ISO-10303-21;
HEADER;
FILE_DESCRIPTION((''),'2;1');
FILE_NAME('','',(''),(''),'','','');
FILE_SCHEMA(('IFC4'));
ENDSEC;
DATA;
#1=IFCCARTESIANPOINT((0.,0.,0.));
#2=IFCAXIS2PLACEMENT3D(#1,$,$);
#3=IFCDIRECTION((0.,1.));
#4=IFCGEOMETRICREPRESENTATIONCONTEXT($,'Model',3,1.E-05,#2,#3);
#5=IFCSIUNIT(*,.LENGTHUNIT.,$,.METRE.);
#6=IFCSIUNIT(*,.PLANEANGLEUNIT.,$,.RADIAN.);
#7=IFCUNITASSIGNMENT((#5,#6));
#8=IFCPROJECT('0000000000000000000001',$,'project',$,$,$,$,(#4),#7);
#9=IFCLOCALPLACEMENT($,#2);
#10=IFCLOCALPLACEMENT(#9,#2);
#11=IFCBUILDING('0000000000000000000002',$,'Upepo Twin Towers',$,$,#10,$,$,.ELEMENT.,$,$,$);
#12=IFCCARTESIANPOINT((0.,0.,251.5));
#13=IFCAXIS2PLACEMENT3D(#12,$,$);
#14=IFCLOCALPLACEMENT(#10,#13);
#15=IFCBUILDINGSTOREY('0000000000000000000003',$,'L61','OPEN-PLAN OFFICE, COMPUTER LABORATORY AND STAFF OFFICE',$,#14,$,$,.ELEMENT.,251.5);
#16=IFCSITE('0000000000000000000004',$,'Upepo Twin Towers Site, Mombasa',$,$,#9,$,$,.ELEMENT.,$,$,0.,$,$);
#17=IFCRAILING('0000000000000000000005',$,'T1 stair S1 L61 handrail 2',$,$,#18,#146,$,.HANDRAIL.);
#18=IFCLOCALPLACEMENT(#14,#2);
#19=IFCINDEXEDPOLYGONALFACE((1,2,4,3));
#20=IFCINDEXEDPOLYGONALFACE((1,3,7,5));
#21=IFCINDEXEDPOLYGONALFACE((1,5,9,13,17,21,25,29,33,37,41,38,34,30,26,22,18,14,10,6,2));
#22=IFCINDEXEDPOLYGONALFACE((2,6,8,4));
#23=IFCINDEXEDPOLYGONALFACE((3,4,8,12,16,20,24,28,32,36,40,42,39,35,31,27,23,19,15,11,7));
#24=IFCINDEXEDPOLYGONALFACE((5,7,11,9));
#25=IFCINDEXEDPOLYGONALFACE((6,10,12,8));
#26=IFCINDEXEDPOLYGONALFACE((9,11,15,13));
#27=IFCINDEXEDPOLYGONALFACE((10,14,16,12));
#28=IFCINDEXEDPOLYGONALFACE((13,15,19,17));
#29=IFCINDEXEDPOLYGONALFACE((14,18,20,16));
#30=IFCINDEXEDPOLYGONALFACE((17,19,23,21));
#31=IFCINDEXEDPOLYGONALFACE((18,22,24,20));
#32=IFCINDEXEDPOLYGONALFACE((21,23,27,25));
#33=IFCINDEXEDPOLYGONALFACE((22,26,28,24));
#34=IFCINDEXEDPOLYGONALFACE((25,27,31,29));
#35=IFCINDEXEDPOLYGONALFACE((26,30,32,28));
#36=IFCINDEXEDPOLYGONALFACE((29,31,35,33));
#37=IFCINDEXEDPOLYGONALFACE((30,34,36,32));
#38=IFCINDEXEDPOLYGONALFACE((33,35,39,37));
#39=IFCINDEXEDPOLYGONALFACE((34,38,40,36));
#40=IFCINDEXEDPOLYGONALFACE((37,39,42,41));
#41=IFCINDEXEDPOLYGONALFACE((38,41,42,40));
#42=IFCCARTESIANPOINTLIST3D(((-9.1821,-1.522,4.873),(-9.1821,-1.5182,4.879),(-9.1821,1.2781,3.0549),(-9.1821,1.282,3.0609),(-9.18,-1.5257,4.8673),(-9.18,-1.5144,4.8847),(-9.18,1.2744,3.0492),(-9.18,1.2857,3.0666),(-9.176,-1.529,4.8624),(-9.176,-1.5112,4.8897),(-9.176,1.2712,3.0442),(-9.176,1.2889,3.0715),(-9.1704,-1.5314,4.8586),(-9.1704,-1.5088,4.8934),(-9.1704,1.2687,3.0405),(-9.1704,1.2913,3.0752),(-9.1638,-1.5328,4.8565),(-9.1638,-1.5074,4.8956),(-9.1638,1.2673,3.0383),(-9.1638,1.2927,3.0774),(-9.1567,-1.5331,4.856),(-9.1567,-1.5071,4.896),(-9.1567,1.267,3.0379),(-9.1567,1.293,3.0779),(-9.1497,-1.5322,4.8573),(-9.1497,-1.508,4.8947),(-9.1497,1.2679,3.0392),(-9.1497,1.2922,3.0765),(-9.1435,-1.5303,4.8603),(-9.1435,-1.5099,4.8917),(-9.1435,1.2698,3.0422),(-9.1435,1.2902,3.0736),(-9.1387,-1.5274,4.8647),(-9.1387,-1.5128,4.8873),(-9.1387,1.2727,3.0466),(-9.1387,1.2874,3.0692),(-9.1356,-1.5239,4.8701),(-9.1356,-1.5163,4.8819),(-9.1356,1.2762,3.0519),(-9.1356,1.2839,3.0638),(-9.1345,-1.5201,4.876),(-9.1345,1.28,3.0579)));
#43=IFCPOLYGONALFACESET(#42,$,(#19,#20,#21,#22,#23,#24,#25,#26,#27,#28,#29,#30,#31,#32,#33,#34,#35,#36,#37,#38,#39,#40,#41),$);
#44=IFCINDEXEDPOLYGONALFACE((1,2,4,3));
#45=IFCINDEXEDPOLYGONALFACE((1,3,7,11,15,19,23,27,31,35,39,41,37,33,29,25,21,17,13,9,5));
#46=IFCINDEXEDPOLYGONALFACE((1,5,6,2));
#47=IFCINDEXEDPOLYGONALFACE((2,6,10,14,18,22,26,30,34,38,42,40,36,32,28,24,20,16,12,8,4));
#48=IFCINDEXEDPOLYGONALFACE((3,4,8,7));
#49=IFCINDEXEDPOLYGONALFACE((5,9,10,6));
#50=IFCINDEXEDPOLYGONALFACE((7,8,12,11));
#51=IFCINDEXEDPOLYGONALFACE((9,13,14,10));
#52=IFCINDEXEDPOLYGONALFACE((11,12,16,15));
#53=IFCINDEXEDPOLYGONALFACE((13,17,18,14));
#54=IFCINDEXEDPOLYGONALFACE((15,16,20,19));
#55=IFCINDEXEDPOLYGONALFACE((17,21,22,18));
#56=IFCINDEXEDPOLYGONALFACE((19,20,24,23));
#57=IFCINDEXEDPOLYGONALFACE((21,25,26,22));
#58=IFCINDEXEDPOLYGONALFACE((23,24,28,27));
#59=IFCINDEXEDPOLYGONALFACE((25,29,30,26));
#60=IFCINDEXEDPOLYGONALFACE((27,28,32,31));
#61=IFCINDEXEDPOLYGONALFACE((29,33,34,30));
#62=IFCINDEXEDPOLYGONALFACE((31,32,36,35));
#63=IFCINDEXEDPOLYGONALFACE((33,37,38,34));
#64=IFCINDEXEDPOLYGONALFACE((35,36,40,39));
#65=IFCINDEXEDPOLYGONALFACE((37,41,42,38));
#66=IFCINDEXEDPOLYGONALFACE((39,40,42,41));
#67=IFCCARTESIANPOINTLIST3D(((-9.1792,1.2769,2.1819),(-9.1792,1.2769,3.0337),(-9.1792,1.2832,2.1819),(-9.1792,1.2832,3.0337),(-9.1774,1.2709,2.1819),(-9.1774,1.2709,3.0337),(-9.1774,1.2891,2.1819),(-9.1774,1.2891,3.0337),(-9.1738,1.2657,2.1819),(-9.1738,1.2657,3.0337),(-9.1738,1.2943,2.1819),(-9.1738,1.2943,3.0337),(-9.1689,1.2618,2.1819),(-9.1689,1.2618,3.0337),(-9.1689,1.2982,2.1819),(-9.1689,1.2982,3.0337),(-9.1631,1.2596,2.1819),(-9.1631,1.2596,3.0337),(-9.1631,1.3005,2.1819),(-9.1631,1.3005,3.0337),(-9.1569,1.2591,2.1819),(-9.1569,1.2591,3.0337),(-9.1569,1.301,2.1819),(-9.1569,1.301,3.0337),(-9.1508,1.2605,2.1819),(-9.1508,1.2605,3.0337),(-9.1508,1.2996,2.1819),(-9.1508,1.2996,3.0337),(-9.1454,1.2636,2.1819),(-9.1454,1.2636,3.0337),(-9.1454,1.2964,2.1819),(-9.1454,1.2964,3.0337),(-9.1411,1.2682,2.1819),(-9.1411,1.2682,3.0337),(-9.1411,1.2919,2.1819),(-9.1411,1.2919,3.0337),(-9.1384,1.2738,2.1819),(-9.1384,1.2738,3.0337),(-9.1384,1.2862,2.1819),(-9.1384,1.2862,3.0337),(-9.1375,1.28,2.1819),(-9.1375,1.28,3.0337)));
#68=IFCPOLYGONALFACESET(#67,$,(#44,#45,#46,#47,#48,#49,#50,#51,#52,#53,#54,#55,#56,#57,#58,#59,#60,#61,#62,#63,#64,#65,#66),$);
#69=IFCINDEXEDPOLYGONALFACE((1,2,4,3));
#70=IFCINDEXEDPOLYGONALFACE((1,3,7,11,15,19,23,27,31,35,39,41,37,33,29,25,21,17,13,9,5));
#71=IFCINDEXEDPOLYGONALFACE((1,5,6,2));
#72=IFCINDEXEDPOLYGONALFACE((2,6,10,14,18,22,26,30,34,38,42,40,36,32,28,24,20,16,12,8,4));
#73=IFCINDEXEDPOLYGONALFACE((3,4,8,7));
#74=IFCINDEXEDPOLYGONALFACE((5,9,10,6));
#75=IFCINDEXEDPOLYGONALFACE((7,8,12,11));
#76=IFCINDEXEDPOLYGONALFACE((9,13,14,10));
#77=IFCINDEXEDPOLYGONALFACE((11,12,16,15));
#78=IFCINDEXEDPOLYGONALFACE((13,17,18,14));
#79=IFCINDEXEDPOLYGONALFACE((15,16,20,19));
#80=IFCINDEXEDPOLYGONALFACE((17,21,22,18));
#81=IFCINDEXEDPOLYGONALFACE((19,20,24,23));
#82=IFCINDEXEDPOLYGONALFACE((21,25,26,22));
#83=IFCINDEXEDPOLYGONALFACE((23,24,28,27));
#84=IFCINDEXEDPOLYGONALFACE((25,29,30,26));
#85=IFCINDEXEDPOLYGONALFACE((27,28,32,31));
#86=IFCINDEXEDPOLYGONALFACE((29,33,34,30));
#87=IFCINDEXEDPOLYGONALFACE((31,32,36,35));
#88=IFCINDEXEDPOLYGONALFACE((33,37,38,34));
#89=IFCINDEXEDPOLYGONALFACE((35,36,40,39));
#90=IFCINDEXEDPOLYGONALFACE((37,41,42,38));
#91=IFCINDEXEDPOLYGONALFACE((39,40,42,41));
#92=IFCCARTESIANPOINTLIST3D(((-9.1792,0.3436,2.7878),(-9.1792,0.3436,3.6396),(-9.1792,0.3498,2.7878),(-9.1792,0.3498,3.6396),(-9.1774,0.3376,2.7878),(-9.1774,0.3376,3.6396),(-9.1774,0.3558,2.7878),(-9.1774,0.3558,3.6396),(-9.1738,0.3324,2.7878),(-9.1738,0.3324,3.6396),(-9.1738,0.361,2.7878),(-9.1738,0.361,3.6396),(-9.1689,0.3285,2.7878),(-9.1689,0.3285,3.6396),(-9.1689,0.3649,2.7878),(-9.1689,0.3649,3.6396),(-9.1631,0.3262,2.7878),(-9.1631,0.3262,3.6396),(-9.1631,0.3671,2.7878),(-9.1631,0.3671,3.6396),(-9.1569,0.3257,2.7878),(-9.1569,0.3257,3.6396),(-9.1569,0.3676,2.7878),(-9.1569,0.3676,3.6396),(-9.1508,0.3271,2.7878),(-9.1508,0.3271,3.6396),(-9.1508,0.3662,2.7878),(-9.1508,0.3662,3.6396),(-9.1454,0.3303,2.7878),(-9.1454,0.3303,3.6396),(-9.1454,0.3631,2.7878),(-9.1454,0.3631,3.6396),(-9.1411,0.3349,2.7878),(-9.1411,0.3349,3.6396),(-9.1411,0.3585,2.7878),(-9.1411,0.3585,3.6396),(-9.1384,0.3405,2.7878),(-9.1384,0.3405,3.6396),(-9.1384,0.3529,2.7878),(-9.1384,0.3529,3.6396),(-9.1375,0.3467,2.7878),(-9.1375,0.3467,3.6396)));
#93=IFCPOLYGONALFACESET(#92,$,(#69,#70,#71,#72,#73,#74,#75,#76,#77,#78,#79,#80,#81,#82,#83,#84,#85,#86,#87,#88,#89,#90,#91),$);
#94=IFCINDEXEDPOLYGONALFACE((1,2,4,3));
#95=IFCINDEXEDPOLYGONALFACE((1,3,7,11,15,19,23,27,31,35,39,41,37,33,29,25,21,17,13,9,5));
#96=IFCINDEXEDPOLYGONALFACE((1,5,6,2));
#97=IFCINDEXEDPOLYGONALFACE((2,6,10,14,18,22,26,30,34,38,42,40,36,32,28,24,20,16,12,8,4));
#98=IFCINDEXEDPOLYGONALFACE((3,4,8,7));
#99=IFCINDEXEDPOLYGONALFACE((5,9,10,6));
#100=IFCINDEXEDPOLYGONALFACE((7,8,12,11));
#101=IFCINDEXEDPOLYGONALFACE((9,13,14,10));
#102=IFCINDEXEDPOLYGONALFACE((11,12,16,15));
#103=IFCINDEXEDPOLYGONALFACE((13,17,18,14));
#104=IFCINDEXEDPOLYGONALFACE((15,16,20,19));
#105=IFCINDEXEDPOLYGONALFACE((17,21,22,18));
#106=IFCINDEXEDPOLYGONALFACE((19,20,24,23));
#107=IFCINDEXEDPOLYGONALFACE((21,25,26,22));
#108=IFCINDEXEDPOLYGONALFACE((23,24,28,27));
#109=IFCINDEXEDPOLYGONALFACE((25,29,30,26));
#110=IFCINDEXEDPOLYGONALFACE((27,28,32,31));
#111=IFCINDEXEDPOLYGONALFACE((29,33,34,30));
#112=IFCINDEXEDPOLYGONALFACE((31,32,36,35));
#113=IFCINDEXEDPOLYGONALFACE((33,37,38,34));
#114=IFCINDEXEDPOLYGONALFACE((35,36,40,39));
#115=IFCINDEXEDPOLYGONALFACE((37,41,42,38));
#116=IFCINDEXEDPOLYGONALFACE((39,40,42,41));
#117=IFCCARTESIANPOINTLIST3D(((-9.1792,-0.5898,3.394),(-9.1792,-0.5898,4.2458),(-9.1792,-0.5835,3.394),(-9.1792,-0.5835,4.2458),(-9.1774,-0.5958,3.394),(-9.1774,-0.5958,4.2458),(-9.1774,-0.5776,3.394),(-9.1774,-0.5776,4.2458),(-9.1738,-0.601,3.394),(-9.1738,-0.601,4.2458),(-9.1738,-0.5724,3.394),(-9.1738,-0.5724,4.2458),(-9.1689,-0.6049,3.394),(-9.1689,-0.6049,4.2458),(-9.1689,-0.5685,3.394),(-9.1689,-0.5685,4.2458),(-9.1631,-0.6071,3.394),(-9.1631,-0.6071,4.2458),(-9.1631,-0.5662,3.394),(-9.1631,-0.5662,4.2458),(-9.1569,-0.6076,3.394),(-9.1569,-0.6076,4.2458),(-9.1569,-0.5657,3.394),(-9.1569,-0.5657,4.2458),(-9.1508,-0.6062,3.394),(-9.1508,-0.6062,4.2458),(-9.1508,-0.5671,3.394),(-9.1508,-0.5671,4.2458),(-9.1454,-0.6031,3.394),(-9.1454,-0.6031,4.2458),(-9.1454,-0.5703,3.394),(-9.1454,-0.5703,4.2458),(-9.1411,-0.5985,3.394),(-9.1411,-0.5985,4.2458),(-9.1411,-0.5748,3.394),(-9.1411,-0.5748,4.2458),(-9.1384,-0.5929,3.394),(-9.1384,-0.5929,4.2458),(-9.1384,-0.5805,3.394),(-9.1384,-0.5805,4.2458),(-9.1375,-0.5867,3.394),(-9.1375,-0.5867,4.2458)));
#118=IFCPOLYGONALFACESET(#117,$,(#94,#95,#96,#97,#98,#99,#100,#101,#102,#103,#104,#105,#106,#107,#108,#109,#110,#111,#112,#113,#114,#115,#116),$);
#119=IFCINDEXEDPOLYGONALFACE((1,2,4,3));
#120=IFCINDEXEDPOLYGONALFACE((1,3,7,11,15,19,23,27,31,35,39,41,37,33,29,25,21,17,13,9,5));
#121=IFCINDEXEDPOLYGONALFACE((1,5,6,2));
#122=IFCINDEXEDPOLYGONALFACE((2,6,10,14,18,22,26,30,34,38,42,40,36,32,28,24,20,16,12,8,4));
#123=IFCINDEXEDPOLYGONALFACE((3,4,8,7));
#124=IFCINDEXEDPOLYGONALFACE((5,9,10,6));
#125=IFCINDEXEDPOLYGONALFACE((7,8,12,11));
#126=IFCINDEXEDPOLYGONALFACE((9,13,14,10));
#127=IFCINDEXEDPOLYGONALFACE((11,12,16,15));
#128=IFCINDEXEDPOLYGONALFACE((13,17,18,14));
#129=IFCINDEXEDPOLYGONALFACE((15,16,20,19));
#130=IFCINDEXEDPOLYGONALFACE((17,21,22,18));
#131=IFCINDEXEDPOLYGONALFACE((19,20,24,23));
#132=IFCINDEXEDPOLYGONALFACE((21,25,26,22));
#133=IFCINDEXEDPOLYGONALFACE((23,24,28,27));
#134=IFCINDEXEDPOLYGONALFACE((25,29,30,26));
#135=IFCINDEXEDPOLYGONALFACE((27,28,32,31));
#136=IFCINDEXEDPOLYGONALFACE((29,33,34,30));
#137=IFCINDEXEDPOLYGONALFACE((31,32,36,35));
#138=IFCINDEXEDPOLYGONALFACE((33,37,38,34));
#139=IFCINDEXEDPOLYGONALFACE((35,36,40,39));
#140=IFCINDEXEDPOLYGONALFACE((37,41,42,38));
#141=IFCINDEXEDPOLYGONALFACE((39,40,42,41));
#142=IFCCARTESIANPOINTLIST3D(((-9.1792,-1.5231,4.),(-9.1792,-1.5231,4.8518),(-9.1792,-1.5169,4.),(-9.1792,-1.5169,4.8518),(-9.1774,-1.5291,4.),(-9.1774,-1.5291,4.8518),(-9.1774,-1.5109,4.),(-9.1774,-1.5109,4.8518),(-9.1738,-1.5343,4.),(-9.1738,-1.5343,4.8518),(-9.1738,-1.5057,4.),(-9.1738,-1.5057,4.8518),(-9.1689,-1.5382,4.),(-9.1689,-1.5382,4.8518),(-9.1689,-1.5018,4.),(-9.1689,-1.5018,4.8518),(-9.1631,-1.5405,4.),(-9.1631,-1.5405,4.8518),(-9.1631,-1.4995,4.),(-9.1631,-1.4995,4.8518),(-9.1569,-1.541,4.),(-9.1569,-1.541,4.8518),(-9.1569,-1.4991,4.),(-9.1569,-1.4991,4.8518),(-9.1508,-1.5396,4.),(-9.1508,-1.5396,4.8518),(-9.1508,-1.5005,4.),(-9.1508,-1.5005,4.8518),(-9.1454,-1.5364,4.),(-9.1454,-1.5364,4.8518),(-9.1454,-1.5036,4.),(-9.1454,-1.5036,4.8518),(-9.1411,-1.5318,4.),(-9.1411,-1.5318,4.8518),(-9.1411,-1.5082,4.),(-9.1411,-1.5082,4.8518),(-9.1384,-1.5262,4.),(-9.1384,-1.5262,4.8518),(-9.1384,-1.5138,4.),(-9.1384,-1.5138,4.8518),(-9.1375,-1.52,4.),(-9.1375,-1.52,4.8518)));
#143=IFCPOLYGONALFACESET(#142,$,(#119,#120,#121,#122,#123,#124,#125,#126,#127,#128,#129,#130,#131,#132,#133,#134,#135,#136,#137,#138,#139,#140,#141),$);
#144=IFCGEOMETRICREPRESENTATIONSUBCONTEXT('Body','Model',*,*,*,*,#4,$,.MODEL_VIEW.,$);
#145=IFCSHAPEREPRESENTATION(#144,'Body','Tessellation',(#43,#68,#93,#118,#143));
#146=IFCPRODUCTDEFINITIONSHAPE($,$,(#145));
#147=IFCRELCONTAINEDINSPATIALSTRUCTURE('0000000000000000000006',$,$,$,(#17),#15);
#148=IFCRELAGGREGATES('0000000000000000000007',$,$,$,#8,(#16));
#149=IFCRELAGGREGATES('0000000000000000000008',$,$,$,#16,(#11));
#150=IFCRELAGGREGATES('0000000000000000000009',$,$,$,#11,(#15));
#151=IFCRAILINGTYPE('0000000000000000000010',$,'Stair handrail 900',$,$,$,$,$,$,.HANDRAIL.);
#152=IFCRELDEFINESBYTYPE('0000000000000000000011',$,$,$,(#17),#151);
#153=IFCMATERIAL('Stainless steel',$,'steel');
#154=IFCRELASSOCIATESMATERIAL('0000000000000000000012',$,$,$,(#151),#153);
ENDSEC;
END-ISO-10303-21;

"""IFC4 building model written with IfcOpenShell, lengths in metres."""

from ifc_helpers import new_model, si_unit, direction, frame, origin, origin_2d, place, context, subcontext, project, spatial, circle, extrude, material, type_object, element, save


model = new_model("IFC4")

# Units and contexts
model_context = context("Model", 3, precision=1e-05, world=origin(), true_north=direction((0.0, 1.0)))
body_context = subcontext(model_context, "Body", "Model", "MODEL_VIEW")
ifc_project = project(units=[si_unit("LENGTHUNIT", "METRE"), si_unit("PLANEANGLEUNIT", "RADIAN")], contexts=[model_context])

# Site, building, storey
site_placement = place(None, origin())
site = spatial("IfcSite", under=ifc_project, at=site_placement, Name="Upepo Twin Towers Site, Mombasa", CompositionType="ELEMENT", RefElevation=0.0)
building_placement = place(site_placement, origin())
building = spatial("IfcBuilding", under=site, at=building_placement, Name="Upepo Twin Towers", CompositionType="ELEMENT")
storey_placement = place(building_placement, frame((0.0, 0.0, 251.5)))
storey = spatial("IfcBuildingStorey", under=building, at=storey_placement, Name="L61", Description="OPEN-PLAN OFFICE, COMPUTER LABORATORY AND STAFF OFFICE", CompositionType="ELEMENT", Elevation=251.5)

# Railing
ifc_material_1 = material(Name="Stainless steel", Category="steel")
railing_type = type_object("IfcRailingType", Name="Stair handrail 900", PredefinedType="HANDRAIL", material=ifc_material_1)
railing_placement = place(storey_placement, frame((-9.1584, 1.28, 2.1819)))
element("IfcRailing", 1, at=railing_placement, inside=storey, type_object=railing_type, Name="T1 stair S1 L61 handrail 2", PredefinedType="HANDRAIL", context=body_context, shape_type="SweptSolid", body=[
    extrude(circle(Radius=0.0239, at=origin_2d()), frame((0.0, 0.0, 0.876), z_axis=(0.0, -0.838706, 0.544585), x_axis=(1.0, 0.0, 0.0)), (0.0, 0.0, 1.0), 3.3386),
    extrude(circle(Radius=0.021, at=origin_2d()), origin(), (0.0, 0.0, 1.0), 0.8518),
    extrude(circle(Radius=0.021, at=origin_2d()), frame((0.0, -0.9333, 0.606)), (0.0, 0.0, 1.0), 0.8518),
    extrude(circle(Radius=0.021, at=origin_2d()), frame((0.0, -1.8667, 1.2122)), (0.0, 0.0, 1.0), 0.8518),
    extrude(circle(Radius=0.021, at=origin_2d()), frame((0.0, -2.8, 1.8181)), (0.0, 0.0, 1.0), 0.8518),
])

save(model, "model.ifc")
